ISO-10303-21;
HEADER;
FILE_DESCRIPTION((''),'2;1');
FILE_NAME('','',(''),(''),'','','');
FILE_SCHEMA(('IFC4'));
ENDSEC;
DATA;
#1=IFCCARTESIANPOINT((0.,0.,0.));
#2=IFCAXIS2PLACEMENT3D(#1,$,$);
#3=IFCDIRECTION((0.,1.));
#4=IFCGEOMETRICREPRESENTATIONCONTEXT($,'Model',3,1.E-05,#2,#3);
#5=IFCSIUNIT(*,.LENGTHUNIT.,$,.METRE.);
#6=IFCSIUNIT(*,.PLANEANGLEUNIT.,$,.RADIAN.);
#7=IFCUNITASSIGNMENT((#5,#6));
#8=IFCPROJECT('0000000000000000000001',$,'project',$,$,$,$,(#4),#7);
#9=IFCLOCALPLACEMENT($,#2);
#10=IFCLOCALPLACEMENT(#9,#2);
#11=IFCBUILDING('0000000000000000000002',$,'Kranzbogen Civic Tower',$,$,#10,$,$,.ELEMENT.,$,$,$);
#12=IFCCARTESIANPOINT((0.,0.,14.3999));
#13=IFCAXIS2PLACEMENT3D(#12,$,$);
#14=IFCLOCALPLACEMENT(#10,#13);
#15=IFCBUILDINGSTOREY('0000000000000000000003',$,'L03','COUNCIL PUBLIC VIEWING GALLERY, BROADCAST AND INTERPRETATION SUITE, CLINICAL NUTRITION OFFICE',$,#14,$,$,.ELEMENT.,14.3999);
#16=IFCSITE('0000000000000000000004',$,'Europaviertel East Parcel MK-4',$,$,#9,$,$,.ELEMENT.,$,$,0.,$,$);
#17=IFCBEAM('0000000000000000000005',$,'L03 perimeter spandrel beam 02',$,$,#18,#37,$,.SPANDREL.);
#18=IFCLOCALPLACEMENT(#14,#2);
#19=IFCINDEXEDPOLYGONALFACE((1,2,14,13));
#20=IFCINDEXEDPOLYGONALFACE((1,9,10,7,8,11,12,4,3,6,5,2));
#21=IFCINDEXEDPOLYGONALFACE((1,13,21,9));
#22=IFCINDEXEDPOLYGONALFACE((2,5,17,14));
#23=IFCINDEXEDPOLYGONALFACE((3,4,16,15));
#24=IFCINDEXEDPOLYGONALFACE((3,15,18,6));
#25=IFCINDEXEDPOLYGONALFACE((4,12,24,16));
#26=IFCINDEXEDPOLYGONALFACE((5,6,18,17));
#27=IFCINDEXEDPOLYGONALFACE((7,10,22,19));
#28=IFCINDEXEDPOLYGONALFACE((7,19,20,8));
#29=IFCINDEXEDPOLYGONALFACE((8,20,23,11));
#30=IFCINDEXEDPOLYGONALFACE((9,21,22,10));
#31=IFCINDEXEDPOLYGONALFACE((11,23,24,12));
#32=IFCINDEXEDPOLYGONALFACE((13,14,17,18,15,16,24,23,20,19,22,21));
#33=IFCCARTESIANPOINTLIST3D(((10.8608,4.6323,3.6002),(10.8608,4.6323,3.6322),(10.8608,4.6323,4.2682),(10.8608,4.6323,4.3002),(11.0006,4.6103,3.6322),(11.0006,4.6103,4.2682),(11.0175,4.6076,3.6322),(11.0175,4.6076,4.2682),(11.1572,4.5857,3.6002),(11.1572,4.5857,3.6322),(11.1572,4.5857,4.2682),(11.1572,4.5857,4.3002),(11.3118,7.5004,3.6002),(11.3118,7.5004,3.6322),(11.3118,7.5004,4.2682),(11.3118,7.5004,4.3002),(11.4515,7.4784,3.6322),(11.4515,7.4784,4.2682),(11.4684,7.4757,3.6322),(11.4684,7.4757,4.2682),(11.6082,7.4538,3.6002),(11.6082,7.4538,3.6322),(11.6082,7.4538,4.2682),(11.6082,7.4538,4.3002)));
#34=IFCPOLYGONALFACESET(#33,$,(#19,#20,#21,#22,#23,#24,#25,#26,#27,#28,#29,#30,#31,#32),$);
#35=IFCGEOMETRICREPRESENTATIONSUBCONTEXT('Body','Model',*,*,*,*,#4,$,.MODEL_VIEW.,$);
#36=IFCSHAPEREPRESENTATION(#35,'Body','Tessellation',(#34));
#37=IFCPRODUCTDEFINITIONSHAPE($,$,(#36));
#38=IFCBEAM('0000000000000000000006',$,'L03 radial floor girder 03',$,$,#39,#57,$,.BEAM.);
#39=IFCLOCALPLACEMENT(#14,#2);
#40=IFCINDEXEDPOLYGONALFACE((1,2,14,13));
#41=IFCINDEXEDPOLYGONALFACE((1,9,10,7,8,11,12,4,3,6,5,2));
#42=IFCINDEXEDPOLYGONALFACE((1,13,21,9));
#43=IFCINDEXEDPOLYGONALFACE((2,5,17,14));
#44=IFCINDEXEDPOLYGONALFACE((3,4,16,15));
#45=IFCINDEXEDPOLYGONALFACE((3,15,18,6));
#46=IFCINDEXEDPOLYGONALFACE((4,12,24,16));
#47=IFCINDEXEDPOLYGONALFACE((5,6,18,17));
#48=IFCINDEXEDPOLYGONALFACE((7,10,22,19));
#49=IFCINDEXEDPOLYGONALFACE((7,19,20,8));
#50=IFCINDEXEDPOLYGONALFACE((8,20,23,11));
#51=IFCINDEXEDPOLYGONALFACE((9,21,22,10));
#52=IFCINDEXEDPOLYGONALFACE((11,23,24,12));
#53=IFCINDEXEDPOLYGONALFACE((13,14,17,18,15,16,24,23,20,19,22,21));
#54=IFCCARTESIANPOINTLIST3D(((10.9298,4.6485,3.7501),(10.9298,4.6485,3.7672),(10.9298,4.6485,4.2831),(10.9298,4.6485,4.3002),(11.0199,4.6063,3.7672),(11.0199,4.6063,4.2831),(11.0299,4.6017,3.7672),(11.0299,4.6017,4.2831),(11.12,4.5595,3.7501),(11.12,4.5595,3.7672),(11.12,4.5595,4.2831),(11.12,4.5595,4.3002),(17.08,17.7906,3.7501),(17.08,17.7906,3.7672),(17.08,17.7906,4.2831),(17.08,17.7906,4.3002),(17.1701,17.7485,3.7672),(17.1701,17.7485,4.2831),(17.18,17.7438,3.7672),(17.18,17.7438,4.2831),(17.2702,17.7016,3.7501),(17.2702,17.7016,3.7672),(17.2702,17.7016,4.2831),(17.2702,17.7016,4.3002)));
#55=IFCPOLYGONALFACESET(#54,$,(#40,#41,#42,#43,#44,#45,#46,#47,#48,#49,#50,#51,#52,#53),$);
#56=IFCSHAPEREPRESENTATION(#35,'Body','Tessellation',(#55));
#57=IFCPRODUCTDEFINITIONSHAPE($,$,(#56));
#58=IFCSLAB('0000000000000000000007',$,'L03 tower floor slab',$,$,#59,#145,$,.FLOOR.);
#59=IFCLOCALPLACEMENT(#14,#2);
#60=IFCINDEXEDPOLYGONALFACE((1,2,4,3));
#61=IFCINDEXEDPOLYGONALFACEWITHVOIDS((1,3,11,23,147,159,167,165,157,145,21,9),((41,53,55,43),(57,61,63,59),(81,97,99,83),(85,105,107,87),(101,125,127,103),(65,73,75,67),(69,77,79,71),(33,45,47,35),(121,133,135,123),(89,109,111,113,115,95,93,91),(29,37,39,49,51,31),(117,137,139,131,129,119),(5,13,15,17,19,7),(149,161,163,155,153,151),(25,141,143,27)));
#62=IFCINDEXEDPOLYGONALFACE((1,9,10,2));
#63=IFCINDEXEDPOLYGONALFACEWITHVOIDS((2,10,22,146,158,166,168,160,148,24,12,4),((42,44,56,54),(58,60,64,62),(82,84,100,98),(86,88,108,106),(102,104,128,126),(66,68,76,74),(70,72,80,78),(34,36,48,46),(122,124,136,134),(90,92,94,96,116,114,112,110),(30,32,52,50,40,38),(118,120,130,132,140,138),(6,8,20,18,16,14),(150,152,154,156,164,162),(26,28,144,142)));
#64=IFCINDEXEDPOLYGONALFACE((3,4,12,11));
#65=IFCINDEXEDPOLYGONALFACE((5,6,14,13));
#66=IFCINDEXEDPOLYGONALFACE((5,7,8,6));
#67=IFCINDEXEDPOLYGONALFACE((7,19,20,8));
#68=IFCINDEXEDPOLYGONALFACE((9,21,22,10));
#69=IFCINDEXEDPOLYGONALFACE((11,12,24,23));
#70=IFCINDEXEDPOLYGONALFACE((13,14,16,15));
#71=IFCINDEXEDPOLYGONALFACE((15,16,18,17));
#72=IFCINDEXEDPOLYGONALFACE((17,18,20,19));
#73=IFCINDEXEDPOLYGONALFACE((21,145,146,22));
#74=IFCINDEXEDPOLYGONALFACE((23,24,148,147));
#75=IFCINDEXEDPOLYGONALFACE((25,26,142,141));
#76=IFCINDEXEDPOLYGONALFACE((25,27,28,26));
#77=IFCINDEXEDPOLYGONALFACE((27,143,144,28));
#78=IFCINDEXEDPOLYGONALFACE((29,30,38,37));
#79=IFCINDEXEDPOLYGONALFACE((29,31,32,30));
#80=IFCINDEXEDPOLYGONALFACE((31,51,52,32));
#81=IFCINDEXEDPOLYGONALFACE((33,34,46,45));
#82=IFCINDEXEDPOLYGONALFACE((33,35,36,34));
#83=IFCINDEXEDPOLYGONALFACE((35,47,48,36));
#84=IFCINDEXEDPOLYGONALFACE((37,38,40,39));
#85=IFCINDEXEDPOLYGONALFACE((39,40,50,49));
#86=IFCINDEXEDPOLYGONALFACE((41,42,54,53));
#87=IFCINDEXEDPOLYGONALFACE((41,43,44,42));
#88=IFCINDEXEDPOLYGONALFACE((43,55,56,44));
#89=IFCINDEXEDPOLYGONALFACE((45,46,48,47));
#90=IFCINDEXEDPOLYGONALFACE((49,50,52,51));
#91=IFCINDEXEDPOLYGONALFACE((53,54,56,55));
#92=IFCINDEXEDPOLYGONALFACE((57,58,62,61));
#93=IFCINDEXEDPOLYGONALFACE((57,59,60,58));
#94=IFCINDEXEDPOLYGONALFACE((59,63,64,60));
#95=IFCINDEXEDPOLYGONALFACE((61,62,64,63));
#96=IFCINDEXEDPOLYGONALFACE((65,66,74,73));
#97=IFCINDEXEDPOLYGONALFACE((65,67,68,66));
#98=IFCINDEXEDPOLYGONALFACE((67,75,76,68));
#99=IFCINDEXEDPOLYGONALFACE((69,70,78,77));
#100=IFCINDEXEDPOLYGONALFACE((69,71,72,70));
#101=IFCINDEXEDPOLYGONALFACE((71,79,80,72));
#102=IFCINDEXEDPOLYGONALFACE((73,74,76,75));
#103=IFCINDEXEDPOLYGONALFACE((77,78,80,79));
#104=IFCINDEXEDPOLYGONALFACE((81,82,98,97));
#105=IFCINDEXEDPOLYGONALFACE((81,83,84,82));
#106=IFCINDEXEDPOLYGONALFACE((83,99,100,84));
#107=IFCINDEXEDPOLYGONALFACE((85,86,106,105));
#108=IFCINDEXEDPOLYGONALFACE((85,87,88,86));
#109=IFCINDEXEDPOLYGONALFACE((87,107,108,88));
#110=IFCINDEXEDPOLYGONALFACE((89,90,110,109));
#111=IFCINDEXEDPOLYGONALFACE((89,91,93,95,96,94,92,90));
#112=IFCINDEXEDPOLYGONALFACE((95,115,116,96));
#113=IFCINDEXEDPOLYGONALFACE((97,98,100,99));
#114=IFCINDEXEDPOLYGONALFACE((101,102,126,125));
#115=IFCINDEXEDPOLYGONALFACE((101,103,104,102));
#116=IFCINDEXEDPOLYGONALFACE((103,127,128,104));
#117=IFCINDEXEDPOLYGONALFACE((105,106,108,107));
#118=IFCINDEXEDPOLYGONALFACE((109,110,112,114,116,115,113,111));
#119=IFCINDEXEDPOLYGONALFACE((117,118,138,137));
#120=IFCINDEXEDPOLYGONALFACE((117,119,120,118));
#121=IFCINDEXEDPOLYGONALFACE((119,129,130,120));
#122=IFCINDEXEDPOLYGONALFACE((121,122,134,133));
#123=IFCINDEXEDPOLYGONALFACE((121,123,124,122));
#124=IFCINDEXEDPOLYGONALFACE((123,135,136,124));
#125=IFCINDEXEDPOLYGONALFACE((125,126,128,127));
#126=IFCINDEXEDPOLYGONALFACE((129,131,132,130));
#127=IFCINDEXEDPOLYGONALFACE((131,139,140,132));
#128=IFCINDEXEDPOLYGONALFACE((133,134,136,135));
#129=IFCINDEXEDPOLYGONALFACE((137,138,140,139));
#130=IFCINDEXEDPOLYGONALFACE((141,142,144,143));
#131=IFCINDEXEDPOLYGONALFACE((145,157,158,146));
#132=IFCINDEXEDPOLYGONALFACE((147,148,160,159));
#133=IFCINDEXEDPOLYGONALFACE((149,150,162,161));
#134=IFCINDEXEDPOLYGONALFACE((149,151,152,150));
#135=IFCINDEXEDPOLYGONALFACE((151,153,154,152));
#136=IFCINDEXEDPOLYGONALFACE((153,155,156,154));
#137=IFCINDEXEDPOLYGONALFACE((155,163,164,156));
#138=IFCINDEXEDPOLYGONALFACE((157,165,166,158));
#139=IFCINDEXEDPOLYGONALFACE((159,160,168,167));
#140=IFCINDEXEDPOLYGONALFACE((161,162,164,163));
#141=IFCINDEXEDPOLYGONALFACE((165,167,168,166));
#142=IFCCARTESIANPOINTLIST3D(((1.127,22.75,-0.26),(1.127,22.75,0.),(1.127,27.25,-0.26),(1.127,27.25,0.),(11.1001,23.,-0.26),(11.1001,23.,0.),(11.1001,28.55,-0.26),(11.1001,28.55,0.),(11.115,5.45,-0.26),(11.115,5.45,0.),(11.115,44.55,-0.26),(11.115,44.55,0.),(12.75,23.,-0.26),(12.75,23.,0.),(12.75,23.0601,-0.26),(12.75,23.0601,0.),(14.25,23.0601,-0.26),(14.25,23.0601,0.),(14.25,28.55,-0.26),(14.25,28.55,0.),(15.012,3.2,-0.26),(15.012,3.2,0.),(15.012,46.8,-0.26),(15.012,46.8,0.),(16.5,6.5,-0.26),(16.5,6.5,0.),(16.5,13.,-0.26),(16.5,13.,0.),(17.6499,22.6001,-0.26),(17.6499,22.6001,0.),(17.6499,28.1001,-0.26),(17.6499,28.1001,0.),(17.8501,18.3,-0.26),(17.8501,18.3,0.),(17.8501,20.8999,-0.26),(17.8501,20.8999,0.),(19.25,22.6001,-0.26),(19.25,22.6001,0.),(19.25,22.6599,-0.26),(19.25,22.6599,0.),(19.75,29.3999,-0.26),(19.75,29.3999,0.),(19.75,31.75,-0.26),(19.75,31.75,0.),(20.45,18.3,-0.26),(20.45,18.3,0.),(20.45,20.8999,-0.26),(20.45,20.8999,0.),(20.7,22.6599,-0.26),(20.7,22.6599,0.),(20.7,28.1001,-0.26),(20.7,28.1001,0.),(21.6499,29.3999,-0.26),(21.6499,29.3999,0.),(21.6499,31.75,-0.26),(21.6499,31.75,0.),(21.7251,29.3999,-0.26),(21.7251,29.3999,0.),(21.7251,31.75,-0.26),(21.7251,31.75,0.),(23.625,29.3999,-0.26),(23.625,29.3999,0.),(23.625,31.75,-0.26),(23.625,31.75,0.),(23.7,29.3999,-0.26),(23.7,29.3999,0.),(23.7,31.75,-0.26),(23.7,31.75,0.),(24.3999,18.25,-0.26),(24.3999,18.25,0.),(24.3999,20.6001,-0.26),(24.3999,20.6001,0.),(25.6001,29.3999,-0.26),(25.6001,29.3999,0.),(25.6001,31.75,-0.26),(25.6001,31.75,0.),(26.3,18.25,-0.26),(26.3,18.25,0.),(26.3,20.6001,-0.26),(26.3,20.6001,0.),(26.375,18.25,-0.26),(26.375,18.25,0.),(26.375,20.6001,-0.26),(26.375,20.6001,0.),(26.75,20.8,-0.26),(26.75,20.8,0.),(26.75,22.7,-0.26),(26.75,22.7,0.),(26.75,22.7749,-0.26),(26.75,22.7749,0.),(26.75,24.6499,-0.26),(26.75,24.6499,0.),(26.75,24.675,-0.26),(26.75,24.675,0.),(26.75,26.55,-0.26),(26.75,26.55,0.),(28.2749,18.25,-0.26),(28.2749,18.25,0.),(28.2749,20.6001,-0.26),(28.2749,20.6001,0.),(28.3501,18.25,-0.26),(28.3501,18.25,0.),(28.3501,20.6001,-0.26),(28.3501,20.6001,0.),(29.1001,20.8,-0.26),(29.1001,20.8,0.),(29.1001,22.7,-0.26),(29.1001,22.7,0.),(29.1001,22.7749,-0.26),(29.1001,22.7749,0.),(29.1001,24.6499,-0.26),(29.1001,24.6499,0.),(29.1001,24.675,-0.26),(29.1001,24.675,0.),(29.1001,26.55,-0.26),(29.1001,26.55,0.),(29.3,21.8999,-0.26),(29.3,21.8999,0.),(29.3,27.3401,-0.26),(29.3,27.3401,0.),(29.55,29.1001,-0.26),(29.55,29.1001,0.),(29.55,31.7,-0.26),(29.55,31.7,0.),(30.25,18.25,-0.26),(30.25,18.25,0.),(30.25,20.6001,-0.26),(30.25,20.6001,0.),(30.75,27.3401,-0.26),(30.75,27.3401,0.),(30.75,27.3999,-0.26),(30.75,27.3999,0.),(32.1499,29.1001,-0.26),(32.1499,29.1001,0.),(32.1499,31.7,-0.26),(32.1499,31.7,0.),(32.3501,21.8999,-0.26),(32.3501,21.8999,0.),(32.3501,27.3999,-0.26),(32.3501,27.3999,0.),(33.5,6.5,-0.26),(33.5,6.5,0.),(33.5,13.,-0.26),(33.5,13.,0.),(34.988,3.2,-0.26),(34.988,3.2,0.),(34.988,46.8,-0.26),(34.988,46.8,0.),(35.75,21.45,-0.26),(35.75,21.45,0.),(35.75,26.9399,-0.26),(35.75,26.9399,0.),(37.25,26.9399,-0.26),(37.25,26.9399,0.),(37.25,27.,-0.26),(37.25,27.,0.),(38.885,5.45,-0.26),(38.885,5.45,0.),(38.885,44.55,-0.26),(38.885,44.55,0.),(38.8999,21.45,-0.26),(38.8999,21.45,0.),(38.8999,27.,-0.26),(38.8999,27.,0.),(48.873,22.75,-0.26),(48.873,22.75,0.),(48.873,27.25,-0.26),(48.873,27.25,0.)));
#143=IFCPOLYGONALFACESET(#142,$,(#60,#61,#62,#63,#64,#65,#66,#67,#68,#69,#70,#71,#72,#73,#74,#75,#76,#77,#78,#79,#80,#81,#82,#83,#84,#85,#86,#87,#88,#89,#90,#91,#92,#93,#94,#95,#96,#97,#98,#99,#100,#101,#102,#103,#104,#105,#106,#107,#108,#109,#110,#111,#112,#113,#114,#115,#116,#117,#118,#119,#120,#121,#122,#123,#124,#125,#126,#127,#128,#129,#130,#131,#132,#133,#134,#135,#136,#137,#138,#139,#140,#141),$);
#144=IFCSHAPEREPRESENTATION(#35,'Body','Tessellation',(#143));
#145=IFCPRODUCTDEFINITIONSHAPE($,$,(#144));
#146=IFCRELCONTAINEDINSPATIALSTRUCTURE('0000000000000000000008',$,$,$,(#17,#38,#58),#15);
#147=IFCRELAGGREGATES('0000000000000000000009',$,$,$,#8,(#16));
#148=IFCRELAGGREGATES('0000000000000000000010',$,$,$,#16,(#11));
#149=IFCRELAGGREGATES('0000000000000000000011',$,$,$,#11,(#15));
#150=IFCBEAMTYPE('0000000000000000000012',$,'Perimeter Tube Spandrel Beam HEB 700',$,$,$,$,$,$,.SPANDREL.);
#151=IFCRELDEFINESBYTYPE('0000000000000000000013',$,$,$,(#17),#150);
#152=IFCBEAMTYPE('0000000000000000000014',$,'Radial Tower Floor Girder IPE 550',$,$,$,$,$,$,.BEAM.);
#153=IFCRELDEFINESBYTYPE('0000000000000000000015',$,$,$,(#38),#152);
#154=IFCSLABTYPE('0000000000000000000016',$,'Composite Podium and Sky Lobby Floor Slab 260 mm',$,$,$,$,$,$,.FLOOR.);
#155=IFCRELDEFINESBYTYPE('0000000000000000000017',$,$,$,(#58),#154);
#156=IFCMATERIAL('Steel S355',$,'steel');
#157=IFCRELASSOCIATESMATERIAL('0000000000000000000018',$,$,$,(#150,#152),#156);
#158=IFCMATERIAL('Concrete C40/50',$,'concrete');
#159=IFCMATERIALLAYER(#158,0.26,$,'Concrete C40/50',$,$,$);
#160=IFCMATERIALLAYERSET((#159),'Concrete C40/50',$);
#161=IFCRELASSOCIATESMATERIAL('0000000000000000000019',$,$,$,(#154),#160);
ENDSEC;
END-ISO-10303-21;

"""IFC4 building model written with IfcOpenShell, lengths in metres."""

from ifc_helpers import new_model, si_unit, direction, frame, origin, origin_2d, place, context, subcontext, project, spatial, polyline, i_section, outline, extrude, material, layer, layer_set, material_profile, profile_set, type_object, element, save


model = new_model("IFC4")

# Units and contexts
model_context = context("Model", 3, precision=1e-05, world=origin(), true_north=direction((0.0, 1.0)))
body_context = subcontext(model_context, "Body", "Model", "MODEL_VIEW")
ifc_project = project(units=[si_unit("LENGTHUNIT", "METRE"), si_unit("PLANEANGLEUNIT", "RADIAN")], contexts=[model_context])

# Site, building, storey
site_placement = place(None, origin())
site = spatial("IfcSite", under=ifc_project, at=site_placement, Name="Europaviertel East Parcel MK-4", CompositionType="ELEMENT", RefElevation=0.0)
building_placement = place(site_placement, origin())
building = spatial("IfcBuilding", under=site, at=building_placement, Name="Kranzbogen Civic Tower", CompositionType="ELEMENT")
storey_placement = place(building_placement, frame((0.0, 0.0, 14.3999)))
storey = spatial("IfcBuildingStorey", under=building, at=storey_placement, Name="L03", Description="COUNCIL PUBLIC VIEWING GALLERY, BROADCAST AND INTERPRETATION SUITE, CLINICAL NUTRITION OFFICE", CompositionType="ELEMENT", Elevation=14.3999)

# Beams
ifc_material_1 = material(Name="Steel S355", Category="steel")
ifc_material_profile_1 = material_profile(ifc_material_1, i_section(OverallWidth=0.3, OverallDepth=0.7, WebThickness=0.0171, FlangeThickness=0.032, at=origin_2d()), Name="HEB 700")
ifc_profile_set_1 = profile_set([ifc_material_profile_1], Name="Steel S355")
beam_type_1 = type_object("IfcBeamType", Name="Perimeter Tube Spandrel Beam HEB 700", PredefinedType="SPANDREL", material=ifc_profile_set_1)
beam_1_placement = place(storey_placement, frame((11.46, 7.4771, 3.9502), z_axis=(-0.155311, -0.987866, 0.0), x_axis=(0.987866, -0.155311, 0.0)))
element("IfcBeam", 1, at=beam_1_placement, inside=storey, type_object=beam_type_1, Name="L03 perimeter spandrel beam 02", PredefinedType="SPANDREL", context=body_context, shape_type="SweptSolid", body=[
    extrude(i_section(OverallWidth=0.3, OverallDepth=0.7, WebThickness=0.0171, FlangeThickness=0.032, at=origin_2d()), origin(), (0.0, 0.0, 1.0), 2.9033),
])
ifc_material_profile_2 = material_profile(ifc_material_1, i_section(OverallWidth=0.21, OverallDepth=0.55, WebThickness=0.011, FlangeThickness=0.0171, at=origin_2d()), Name="IPE 550")
ifc_profile_set_2 = profile_set([ifc_material_profile_2], Name="Steel S355")
beam_type_2 = type_object("IfcBeamType", Name="Radial Tower Floor Girder IPE 550", PredefinedType="BEAM", material=ifc_profile_set_2)
beam_2_placement = place(storey_placement, frame((11.0249, 4.604, 4.0251), z_axis=(0.423857, 0.905729, 0.0), x_axis=(-0.905729, 0.423857, 0.0)))
element("IfcBeam", 2, at=beam_2_placement, inside=storey, type_object=beam_type_2, Name="L03 radial floor girder 03", PredefinedType="BEAM", context=body_context, shape_type="SweptSolid", body=[
    extrude(i_section(OverallWidth=0.21, OverallDepth=0.55, WebThickness=0.011, FlangeThickness=0.0171, at=origin_2d()), origin(), (0.0, 0.0, 1.0), 14.51),
])

# Slab
ifc_material_2 = material(Name="Concrete C40/50", Category="concrete")
ifc_layer_1 = layer(ifc_material_2, 0.26, Name="Concrete C40/50")
ifc_layer_set_1 = layer_set([ifc_layer_1], Name="Concrete C40/50")
slab_type_1 = type_object("IfcSlabType", Name="Composite Podium and Sky Lobby Floor Slab 260 mm", PredefinedType="FLOOR", material=ifc_layer_set_1)
slab_1_placement = place(storey_placement, frame((0.0, 0.0, -0.26)))
element("IfcSlab", 3, at=slab_1_placement, inside=storey, type_object=slab_type_1, Name="L03 tower floor slab", PredefinedType="FLOOR", context=body_context, shape_type="SweptSolid", body=[
    extrude(outline(polyline([(48.873, 27.25), (38.885, 44.55), (34.988, 46.8), (15.012, 46.8), (11.115, 44.55), (1.127, 27.25), (1.127, 22.75), (11.115, 5.45), (15.012, 3.2), (34.988, 3.2), (38.885, 5.45), (48.873, 22.75), (48.873, 27.25)]), holes=[polyline([(33.5, 6.5), (16.5, 6.5), (16.5, 13.0), (33.5, 13.0), (33.5, 6.5)]), polyline([(26.3, 18.25), (24.3999, 18.25), (24.3999, 20.6001), (26.3, 20.6001), (26.3, 18.25)]), polyline([(28.2749, 18.25), (26.375, 18.25), (26.375, 20.6001), (28.2749, 20.6001), (28.2749, 18.25)]), polyline([(20.45, 18.3), (17.8501, 18.3), (17.8501, 20.8999), (20.45, 20.8999), (20.45, 18.3)]), polyline([(26.75, 20.8), (26.75, 22.7), (29.1001, 22.7), (29.1001, 20.8), (26.75, 20.8)]), polyline([(20.7, 28.1001), (20.7, 22.6599), (19.25, 22.6599), (19.25, 22.6001), (17.6499, 22.6001), (17.6499, 28.1001), (20.7, 28.1001)]), polyline([(14.25, 28.55), (14.25, 23.0601), (12.75, 23.0601), (12.75, 23.0), (11.1001, 23.0), (11.1001, 28.55), (14.25, 28.55)]), polyline([(19.75, 31.75), (21.6499, 31.75), (21.6499, 29.3999), (19.75, 29.3999), (19.75, 31.75)]), polyline([(21.7251, 31.75), (23.625, 31.75), (23.625, 29.3999), (21.7251, 29.3999), (21.7251, 31.75)]), polyline([(25.6001, 29.3999), (23.7, 29.3999), (23.7, 31.75), (25.6001, 31.75), (25.6001, 29.3999)]), polyline([(30.25, 18.25), (28.3501, 18.25), (28.3501, 20.6001), (30.25, 20.6001), (30.25, 18.25)]), polyline([(35.75, 26.9399), (37.25, 26.9399), (37.25, 27.0), (38.8999, 27.0), (38.8999, 21.45), (35.75, 21.45), (35.75, 26.9399)]), polyline([(29.3, 21.8999), (29.3, 27.3401), (30.75, 27.3401), (30.75, 27.3999), (32.3501, 27.3999), (32.3501, 21.8999), (29.3, 21.8999)]), polyline([(26.75, 26.55), (29.1001, 26.55), (29.1001, 24.675), (29.1001, 24.6499), (29.1001, 22.7749), (26.75, 22.7749), (26.75, 24.6499), (26.75, 24.675), (26.75, 26.55)]), polyline([(29.55, 31.7), (32.1499, 31.7), (32.1499, 29.1001), (29.55, 29.1001), (29.55, 31.7)])]), origin(), (0.0, 0.0, 1.0), 0.26),
])

save(model, "model.ifc")
